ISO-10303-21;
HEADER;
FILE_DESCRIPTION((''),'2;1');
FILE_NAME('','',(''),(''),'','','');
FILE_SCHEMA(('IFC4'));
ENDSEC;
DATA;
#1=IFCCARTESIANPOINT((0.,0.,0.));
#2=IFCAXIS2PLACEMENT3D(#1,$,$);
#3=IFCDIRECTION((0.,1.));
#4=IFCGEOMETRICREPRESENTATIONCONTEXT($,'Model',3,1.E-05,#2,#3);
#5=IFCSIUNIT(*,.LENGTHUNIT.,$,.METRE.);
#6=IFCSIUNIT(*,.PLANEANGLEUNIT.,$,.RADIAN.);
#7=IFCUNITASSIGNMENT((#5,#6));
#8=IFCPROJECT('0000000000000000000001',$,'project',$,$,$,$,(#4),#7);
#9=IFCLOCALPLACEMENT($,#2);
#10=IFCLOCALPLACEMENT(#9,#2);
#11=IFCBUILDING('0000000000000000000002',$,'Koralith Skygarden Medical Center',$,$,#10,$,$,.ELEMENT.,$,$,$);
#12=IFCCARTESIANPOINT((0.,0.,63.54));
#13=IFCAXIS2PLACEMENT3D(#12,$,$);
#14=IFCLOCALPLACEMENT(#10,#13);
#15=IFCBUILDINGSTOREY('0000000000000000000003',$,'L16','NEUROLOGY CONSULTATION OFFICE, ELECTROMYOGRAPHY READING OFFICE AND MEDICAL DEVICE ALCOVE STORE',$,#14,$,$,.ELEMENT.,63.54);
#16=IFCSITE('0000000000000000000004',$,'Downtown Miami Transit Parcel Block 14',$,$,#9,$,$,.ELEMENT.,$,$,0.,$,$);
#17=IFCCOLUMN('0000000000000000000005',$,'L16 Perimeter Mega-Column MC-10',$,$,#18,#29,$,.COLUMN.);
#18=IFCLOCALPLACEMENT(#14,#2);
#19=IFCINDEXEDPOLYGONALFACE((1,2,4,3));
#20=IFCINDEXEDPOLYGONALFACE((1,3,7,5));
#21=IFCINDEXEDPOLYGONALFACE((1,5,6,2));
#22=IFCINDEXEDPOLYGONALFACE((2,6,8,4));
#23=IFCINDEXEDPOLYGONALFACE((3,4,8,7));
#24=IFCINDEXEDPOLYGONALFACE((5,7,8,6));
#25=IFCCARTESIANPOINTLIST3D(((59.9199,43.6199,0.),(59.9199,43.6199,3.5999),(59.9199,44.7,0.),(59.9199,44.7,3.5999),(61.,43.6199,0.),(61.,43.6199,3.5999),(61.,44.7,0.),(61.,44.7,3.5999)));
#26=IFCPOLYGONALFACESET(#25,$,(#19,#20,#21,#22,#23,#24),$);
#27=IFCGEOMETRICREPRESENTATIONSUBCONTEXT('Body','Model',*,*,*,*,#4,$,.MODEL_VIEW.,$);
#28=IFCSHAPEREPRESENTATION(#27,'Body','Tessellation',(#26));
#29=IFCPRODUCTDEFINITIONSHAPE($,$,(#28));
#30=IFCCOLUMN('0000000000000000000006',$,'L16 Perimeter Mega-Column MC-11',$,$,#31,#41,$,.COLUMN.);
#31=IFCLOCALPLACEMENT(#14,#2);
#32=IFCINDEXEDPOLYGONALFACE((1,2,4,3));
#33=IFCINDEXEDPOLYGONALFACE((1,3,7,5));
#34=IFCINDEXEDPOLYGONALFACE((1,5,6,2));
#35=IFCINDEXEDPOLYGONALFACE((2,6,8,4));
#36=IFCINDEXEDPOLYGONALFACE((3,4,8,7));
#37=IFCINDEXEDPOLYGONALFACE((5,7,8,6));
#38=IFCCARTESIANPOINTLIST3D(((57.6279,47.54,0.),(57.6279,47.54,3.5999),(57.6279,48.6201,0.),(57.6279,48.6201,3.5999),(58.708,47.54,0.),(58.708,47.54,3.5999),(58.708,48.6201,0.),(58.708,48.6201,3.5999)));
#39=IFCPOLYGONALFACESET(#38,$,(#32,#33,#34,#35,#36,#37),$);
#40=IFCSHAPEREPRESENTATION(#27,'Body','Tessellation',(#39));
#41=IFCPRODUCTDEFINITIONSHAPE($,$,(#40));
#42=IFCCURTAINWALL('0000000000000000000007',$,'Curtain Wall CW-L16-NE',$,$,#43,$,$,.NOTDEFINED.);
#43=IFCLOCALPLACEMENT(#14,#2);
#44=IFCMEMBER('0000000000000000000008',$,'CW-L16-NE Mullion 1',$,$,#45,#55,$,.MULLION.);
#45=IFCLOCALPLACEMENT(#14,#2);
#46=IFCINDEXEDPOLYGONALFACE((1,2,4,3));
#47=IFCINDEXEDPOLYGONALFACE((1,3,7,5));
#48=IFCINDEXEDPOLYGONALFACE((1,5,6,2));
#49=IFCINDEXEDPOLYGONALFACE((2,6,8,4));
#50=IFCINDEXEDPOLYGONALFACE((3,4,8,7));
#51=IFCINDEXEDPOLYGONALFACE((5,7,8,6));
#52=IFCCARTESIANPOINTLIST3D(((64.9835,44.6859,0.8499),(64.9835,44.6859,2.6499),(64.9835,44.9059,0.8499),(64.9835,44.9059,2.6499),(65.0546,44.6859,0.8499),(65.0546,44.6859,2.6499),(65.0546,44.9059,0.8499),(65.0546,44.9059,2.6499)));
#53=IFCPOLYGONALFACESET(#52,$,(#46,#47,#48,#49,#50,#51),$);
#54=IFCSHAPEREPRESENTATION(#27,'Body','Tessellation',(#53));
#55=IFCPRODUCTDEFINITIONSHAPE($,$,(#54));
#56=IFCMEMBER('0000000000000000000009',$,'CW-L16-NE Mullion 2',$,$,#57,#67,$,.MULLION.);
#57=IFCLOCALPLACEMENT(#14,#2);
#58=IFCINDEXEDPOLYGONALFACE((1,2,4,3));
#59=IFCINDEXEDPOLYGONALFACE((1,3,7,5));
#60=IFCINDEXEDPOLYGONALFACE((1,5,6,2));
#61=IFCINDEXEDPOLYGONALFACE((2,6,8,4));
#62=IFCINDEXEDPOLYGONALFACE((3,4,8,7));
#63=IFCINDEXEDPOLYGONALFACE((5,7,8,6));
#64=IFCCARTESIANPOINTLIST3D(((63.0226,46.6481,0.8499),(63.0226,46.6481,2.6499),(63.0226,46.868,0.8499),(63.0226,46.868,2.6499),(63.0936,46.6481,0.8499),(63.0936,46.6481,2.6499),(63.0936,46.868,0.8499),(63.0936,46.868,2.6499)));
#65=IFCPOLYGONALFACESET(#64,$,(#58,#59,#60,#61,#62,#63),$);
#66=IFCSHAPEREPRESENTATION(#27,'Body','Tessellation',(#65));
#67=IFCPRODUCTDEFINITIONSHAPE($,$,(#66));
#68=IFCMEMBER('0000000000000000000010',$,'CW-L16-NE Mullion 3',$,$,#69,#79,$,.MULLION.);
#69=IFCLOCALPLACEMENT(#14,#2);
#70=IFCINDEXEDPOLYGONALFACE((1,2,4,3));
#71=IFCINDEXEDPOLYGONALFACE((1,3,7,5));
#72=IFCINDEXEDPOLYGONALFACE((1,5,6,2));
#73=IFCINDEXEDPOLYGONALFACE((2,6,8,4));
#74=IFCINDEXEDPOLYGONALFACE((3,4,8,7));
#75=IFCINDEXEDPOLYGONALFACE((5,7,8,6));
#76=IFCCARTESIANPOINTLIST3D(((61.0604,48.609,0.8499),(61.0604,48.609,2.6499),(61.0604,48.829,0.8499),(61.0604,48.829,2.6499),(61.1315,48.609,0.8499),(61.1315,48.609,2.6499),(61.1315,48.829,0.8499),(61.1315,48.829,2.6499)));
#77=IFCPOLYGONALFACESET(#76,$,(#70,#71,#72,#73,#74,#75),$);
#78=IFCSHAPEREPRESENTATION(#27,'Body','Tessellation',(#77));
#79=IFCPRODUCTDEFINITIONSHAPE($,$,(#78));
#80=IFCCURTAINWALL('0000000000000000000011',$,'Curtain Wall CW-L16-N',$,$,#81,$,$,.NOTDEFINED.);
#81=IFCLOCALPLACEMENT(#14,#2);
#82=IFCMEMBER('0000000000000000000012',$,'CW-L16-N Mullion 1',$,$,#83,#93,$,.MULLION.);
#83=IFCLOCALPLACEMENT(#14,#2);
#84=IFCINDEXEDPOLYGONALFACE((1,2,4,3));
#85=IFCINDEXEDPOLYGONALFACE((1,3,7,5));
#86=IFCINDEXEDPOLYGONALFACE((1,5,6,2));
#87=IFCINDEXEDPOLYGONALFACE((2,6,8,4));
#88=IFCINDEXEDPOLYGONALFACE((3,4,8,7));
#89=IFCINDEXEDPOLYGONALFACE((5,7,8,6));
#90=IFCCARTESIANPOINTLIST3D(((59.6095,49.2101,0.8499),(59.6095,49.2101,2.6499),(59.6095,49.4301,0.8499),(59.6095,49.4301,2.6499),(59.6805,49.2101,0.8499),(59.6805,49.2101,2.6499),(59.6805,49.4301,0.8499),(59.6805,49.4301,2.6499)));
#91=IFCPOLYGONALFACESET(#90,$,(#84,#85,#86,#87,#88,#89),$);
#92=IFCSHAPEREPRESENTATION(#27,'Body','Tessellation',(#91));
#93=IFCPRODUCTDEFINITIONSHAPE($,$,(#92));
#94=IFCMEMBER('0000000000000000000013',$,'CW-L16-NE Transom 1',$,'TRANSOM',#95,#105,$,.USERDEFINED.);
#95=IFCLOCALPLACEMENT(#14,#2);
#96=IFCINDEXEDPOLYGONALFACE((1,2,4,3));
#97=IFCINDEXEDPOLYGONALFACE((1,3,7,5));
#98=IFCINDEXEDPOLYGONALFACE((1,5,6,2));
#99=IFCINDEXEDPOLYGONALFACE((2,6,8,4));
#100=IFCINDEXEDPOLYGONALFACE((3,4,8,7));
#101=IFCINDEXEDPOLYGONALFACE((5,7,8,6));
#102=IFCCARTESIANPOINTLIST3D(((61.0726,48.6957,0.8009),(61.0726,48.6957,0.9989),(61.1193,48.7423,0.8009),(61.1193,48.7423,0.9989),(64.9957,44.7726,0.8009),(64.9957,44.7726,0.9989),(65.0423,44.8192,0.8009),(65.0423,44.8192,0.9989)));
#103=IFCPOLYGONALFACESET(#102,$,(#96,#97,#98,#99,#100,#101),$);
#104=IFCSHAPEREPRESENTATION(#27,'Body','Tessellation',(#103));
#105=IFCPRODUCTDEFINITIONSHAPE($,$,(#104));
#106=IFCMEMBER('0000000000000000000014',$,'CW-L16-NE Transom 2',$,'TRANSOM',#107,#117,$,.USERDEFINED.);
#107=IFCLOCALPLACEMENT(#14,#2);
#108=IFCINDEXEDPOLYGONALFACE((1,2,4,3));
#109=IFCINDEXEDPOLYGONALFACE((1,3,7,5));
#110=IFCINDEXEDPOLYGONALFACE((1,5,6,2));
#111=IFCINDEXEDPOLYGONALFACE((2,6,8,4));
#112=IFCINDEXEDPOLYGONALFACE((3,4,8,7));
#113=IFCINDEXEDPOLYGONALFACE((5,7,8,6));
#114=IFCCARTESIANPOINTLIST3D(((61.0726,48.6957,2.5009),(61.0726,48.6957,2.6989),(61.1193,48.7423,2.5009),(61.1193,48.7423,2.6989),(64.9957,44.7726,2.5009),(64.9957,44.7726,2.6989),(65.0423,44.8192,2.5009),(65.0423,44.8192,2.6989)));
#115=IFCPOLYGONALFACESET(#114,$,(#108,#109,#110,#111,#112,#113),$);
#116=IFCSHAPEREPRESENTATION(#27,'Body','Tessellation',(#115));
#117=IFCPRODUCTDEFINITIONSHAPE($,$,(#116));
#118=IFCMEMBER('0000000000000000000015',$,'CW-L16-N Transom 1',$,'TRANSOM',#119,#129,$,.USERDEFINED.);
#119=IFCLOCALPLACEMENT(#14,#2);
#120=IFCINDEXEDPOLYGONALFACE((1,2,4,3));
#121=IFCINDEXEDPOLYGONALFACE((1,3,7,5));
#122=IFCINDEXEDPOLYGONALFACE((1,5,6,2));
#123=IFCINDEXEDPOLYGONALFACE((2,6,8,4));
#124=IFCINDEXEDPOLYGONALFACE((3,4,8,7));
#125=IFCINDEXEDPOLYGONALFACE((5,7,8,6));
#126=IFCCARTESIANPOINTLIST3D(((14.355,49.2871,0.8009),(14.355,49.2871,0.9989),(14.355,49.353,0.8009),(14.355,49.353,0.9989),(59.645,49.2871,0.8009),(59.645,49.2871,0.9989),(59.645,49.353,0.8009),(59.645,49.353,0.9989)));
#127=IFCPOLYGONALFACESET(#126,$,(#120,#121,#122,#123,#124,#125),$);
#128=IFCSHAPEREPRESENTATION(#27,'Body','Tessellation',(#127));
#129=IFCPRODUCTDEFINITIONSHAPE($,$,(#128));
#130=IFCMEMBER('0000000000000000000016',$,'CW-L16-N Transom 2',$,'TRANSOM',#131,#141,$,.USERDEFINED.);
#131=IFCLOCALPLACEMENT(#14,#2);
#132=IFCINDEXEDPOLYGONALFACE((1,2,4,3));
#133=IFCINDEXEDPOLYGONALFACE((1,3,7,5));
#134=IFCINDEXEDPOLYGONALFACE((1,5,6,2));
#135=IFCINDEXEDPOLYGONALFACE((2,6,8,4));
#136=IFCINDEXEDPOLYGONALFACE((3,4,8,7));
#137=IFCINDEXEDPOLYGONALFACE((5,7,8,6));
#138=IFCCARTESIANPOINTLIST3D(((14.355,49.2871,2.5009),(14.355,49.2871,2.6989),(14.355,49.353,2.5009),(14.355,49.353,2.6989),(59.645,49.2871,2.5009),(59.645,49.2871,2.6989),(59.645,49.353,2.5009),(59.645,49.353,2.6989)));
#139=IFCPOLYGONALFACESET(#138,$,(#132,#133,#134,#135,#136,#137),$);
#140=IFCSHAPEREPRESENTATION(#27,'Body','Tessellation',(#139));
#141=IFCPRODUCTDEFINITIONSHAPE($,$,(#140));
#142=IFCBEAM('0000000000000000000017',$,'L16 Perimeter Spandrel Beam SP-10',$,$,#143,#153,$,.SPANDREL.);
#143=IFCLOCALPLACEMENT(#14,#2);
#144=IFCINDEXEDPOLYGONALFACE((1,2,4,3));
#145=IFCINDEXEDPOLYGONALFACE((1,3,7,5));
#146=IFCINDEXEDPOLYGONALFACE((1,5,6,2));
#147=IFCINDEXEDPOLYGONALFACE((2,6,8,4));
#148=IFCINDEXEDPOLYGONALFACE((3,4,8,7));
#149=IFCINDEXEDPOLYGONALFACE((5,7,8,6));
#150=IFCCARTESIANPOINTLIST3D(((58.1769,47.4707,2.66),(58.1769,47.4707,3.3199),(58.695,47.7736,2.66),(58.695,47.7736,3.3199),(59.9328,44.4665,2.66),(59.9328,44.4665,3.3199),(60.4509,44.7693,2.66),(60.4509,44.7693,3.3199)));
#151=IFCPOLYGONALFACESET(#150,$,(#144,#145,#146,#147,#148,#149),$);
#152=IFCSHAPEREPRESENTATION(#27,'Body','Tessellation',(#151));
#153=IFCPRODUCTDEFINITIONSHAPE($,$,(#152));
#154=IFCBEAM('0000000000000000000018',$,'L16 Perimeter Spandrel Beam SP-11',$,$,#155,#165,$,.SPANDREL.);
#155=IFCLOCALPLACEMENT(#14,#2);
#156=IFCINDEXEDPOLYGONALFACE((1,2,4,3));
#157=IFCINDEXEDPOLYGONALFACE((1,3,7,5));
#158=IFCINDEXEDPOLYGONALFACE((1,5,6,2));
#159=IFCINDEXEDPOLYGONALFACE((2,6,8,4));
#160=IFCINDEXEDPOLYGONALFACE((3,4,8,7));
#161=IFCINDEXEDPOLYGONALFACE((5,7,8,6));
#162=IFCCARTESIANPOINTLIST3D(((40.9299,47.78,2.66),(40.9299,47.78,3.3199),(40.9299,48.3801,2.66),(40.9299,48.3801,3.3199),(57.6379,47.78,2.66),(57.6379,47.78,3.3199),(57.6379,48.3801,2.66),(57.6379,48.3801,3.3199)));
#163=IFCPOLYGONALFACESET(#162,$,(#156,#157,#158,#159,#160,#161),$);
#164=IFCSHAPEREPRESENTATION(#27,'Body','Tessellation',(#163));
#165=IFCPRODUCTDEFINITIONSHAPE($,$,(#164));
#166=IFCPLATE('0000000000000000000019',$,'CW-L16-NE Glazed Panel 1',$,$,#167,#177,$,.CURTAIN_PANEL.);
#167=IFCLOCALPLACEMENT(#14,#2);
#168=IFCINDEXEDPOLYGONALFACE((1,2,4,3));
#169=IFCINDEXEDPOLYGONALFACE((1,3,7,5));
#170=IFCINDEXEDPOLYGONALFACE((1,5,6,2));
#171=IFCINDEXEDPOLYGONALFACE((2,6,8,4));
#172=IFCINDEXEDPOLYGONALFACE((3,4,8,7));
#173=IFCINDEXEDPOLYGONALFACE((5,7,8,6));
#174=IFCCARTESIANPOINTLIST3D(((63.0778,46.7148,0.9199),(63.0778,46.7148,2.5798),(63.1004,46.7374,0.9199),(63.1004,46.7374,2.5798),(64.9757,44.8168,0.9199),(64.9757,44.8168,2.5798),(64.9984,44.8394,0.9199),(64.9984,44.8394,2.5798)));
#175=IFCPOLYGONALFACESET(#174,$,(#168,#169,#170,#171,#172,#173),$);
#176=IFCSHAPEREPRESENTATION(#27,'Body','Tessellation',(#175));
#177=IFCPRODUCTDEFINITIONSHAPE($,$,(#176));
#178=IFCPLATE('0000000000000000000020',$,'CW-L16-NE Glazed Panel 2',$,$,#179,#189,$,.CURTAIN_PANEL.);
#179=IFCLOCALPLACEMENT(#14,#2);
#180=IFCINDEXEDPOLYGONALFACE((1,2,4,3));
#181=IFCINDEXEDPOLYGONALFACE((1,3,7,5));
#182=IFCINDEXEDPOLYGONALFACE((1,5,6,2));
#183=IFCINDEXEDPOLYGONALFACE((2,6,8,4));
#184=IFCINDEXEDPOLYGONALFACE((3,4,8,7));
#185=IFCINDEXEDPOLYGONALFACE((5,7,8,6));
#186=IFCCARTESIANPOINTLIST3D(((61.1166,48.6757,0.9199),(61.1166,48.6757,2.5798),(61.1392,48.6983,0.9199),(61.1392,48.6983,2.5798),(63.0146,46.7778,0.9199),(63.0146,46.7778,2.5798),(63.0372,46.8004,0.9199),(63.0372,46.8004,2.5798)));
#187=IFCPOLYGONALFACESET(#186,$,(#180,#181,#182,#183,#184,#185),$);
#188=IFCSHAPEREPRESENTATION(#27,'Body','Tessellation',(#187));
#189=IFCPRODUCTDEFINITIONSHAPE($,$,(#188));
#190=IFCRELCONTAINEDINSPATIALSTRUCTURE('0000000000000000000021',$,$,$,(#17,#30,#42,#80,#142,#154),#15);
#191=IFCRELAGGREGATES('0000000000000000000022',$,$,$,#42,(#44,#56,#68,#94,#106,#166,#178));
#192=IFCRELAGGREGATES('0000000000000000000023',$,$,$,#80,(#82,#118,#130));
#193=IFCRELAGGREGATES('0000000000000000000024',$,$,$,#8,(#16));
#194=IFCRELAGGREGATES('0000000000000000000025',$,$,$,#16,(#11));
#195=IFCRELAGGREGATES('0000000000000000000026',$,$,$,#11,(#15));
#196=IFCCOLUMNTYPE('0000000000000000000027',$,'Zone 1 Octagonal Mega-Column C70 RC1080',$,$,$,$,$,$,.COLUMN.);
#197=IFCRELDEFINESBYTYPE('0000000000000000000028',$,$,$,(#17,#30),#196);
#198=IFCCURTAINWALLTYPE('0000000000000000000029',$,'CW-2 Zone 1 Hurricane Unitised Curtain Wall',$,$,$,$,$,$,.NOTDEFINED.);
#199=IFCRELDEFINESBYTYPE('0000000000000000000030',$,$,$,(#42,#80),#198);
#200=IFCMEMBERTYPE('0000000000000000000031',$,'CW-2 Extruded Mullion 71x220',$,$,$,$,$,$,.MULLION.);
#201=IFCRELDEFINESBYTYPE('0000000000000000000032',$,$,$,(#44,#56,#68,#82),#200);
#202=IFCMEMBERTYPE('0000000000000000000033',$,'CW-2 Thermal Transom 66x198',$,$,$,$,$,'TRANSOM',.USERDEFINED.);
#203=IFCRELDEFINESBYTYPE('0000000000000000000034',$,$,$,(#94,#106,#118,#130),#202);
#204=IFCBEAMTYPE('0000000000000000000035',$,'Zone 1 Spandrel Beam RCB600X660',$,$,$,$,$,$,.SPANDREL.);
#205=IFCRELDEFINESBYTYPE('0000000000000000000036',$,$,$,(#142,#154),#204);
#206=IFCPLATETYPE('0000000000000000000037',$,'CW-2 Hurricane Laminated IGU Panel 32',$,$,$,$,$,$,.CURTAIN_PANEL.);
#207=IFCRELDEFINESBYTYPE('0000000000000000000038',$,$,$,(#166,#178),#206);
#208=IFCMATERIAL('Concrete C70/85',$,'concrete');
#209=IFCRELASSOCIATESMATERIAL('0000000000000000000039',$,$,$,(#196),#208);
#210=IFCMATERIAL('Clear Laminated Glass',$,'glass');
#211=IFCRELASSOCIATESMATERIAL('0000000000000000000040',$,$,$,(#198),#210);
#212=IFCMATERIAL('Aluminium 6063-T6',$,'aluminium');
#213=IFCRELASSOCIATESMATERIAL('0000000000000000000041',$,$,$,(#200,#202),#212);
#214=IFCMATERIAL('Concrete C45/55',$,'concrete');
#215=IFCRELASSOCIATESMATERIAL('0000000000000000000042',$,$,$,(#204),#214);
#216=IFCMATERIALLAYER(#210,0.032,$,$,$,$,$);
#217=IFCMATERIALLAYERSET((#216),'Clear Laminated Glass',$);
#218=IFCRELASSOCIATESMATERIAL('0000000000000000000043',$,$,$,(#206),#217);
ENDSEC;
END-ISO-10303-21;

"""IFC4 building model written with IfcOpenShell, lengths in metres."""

from ifc_helpers import new_model, si_unit, direction, frame, origin, origin_2d, place, context, subcontext, project, spatial, rectangle, extrude, material, layer, layer_set, material_profile, profile_set, type_object, element, aggregate, save


model = new_model("IFC4")

# Units and contexts
model_context = context("Model", 3, precision=1e-05, world=origin(), true_north=direction((0.0, 1.0)))
body_context = subcontext(model_context, "Body", "Model", "MODEL_VIEW")
ifc_project = project(units=[si_unit("LENGTHUNIT", "METRE"), si_unit("PLANEANGLEUNIT", "RADIAN")], contexts=[model_context])

# Site, building, storey
site_placement = place(None, origin())
site = spatial("IfcSite", under=ifc_project, at=site_placement, Name="Downtown Miami Transit Parcel Block 14", CompositionType="ELEMENT", RefElevation=0.0)
building_placement = place(site_placement, origin())
building = spatial("IfcBuilding", under=site, at=building_placement, Name="Koralith Skygarden Medical Center", CompositionType="ELEMENT")
storey_placement = place(building_placement, frame((0.0, 0.0, 63.54)))
storey = spatial("IfcBuildingStorey", under=building, at=storey_placement, Name="L16", Description="NEUROLOGY CONSULTATION OFFICE, ELECTROMYOGRAPHY READING OFFICE AND MEDICAL DEVICE ALCOVE STORE", CompositionType="ELEMENT", Elevation=63.54)

# Columns
ifc_material_1 = material(Name="Concrete C70/85", Category="concrete")
ifc_material_profile_1 = material_profile(ifc_material_1, rectangle(XDim=1.0801, YDim=1.0801, at=origin_2d()), Name="RC1080X1080")
ifc_profile_set_1 = profile_set([ifc_material_profile_1], Name="Concrete C70/85")
column_type = type_object("IfcColumnType", Name="Zone 1 Octagonal Mega-Column C70 RC1080", PredefinedType="COLUMN", material=ifc_profile_set_1)
for number, where, z_axis, x_axis, name in (
    (1, (60.46, 44.1599, 0.0), (0.0, 0.0, 1.0), (1.0, 0.0, 0.0), "L16 Perimeter Mega-Column MC-10"),
    (2, (58.168, 48.0801, 0.0), (0.0, 0.0, 1.0), (1.0, 0.0, 0.0), "L16 Perimeter Mega-Column MC-11"),
):
    element("IfcColumn", number, at=place(storey_placement, frame(where, z_axis=z_axis, x_axis=x_axis)), inside=storey, type_object=column_type, Name=name, PredefinedType="COLUMN", context=body_context, shape_type="SweptSolid", body=[
        extrude(rectangle(XDim=1.0801, YDim=1.0801, at=origin_2d()), origin(), (0.0, 0.0, 1.0), 3.5999),
    ])

# Curtain wall, members
ifc_material_2 = material(Name="Clear Laminated Glass", Category="glass")
curtain_wall_type = type_object("IfcCurtainWallType", Name="CW-2 Zone 1 Hurricane Unitised Curtain Wall", PredefinedType="NOTDEFINED", material=ifc_material_2)
curtain_wall_1_placement = place(storey_placement, origin())
curtain_wall_1 = element("IfcCurtainWall", 3, at=curtain_wall_1_placement, inside=storey, type_object=curtain_wall_type, Name="Curtain Wall CW-L16-NE", PredefinedType="NOTDEFINED")
ifc_material_3 = material(Name="Aluminium 6063-T6", Category="aluminium")
ifc_material_profile_2 = material_profile(ifc_material_3, rectangle(XDim=0.071, YDim=0.22, at=origin_2d()), Name="MUL71X220")
ifc_profile_set_2 = profile_set([ifc_material_profile_2], Name="Aluminium 6063-T6")
member_type_1 = type_object("IfcMemberType", Name="CW-2 Extruded Mullion 71x220", PredefinedType="MULLION", material=ifc_profile_set_2)
member_1_placement = place(storey_placement, frame((65.019, 44.7959, 0.8499), z_axis=(0.0, 0.0, 1.0), x_axis=(1.0, 0.0, 0.0)))
member_1 = element("IfcMember", 4, at=member_1_placement, type_object=member_type_1, Name="CW-L16-NE Mullion 1", PredefinedType="MULLION", context=body_context, shape_type="SweptSolid", body=[
    extrude(rectangle(XDim=0.071, YDim=0.22, at=origin_2d()), origin(), (0.0, 0.0, 1.0), 1.8),
])
member_2_placement = place(storey_placement, frame((63.0581, 46.7581, 0.8499), z_axis=(0.0, 0.0, 1.0), x_axis=(1.0, 0.0, 0.0)))
member_2 = element("IfcMember", 5, at=member_2_placement, type_object=member_type_1, Name="CW-L16-NE Mullion 2", PredefinedType="MULLION", context=body_context, shape_type="SweptSolid", body=[
    extrude(rectangle(XDim=0.071, YDim=0.22, at=origin_2d()), origin(), (0.0, 0.0, 1.0), 1.8),
])
member_3_placement = place(storey_placement, frame((61.0959, 48.719, 0.8499), z_axis=(0.0, 0.0, 1.0), x_axis=(1.0, 0.0, 0.0)))
member_3 = element("IfcMember", 6, at=member_3_placement, type_object=member_type_1, Name="CW-L16-NE Mullion 3", PredefinedType="MULLION", context=body_context, shape_type="SweptSolid", body=[
    extrude(rectangle(XDim=0.071, YDim=0.22, at=origin_2d()), origin(), (0.0, 0.0, 1.0), 1.8),
])

# Curtain wall, member
curtain_wall_2_placement = place(storey_placement, origin())
curtain_wall_2 = element("IfcCurtainWall", 7, at=curtain_wall_2_placement, inside=storey, type_object=curtain_wall_type, Name="Curtain Wall CW-L16-N", PredefinedType="NOTDEFINED")
member_4_placement = place(storey_placement, frame((59.645, 49.3201, 0.8499), z_axis=(0.0, 0.0, 1.0), x_axis=(1.0, 0.0, 0.0)))
member_4 = element("IfcMember", 8, at=member_4_placement, type_object=member_type_1, Name="CW-L16-N Mullion 1", PredefinedType="MULLION", context=body_context, shape_type="SweptSolid", body=[
    extrude(rectangle(XDim=0.071, YDim=0.22, at=origin_2d()), origin(), (0.0, 0.0, 1.0), 1.8),
])

# Members
ifc_material_profile_3 = material_profile(ifc_material_3, rectangle(XDim=0.0659, YDim=0.198, at=origin_2d()), Name="TRN66X198")
ifc_profile_set_3 = profile_set([ifc_material_profile_3], Name="Aluminium 6063-T6")
member_type_2 = type_object("IfcMemberType", Name="CW-2 Thermal Transom 66x198", ElementType="TRANSOM", PredefinedType="USERDEFINED", material=ifc_profile_set_3)
member_5_placement = place(storey_placement, frame((65.019, 44.7959, 0.8999), z_axis=(-0.707107, 0.707107, 0.0), x_axis=(-0.707107, -0.707107, 0.0)))
member_5 = element("IfcMember", 9, at=member_5_placement, type_object=member_type_2, Name="CW-L16-NE Transom 1", ObjectType="TRANSOM", PredefinedType="USERDEFINED", context=body_context, shape_type="SweptSolid", body=[
    extrude(rectangle(XDim=0.0659, YDim=0.198, at=origin_2d()), origin(), (0.0, 0.0, 1.0), 5.5481),
])
member_6_placement = place(storey_placement, frame((65.019, 44.7959, 2.5999), z_axis=(-0.707107, 0.707107, 0.0), x_axis=(-0.707107, -0.707107, 0.0)))
member_6 = element("IfcMember", 10, at=member_6_placement, type_object=member_type_2, Name="CW-L16-NE Transom 2", ObjectType="TRANSOM", PredefinedType="USERDEFINED", context=body_context, shape_type="SweptSolid", body=[
    extrude(rectangle(XDim=0.0659, YDim=0.198, at=origin_2d()), origin(), (0.0, 0.0, 1.0), 5.5481),
])
member_7_placement = place(storey_placement, frame((59.645, 49.3201, 0.8999), z_axis=(-1.0, 0.0, 0.0), x_axis=(0.0, -1.0, 0.0)))
member_7 = element("IfcMember", 11, at=member_7_placement, type_object=member_type_2, Name="CW-L16-N Transom 1", ObjectType="TRANSOM", PredefinedType="USERDEFINED", context=body_context, shape_type="SweptSolid", body=[
    extrude(rectangle(XDim=0.0659, YDim=0.198, at=origin_2d()), origin(), (0.0, 0.0, 1.0), 45.29),
])
member_8_placement = place(storey_placement, frame((59.645, 49.3201, 2.5999), z_axis=(-1.0, 0.0, 0.0), x_axis=(0.0, -1.0, 0.0)))
member_8 = element("IfcMember", 12, at=member_8_placement, type_object=member_type_2, Name="CW-L16-N Transom 2", ObjectType="TRANSOM", PredefinedType="USERDEFINED", context=body_context, shape_type="SweptSolid", body=[
    extrude(rectangle(XDim=0.0659, YDim=0.198, at=origin_2d()), origin(), (0.0, 0.0, 1.0), 45.29),
])

# Beams
ifc_material_4 = material(Name="Concrete C45/55", Category="concrete")
ifc_material_profile_4 = material_profile(ifc_material_4, rectangle(XDim=0.6001, YDim=0.6599, at=origin_2d()), Name="RCB600X660")
ifc_profile_set_4 = profile_set([ifc_material_profile_4], Name="Concrete C45/55")
beam_type = type_object("IfcBeamType", Name="Zone 1 Spandrel Beam RCB600X660", PredefinedType="SPANDREL", material=ifc_profile_set_4)
beam_1_placement = place(storey_placement, frame((60.1919, 44.6179, 2.99), z_axis=(-0.504608, 0.863349, 0.0), x_axis=(-0.863349, -0.504608, 0.0)))
element("IfcBeam", 13, at=beam_1_placement, inside=storey, type_object=beam_type, Name="L16 Perimeter Spandrel Beam SP-10", PredefinedType="SPANDREL", context=body_context, shape_type="SweptSolid", body=[
    extrude(rectangle(XDim=0.6001, YDim=0.6599, at=origin_2d()), origin(), (0.0, 0.0, 1.0), 3.4797),
])
beam_2_placement = place(storey_placement, frame((57.6379, 48.0801, 2.99), z_axis=(-1.0, 0.0, 0.0), x_axis=(0.0, -1.0, 0.0)))
element("IfcBeam", 14, at=beam_2_placement, inside=storey, type_object=beam_type, Name="L16 Perimeter Spandrel Beam SP-11", PredefinedType="SPANDREL", context=body_context, shape_type="SweptSolid", body=[
    extrude(rectangle(XDim=0.6001, YDim=0.6599, at=origin_2d()), origin(), (0.0, 0.0, 1.0), 16.708),
])

# Plates
ifc_layer_1 = layer(ifc_material_2, 0.032)
ifc_layer_set_1 = layer_set([ifc_layer_1], Name="Clear Laminated Glass")
plate_type_1 = type_object("IfcPlateType", Name="CW-2 Hurricane Laminated IGU Panel 32", PredefinedType="CURTAIN_PANEL", material=ifc_layer_set_1)
plate_1_placement = place(storey_placement, frame((64.0381, 45.7771, 0.9199), z_axis=(0.0, 0.0, 1.0), x_axis=(-0.707107, 0.707107, 0.0)))
plate_1 = element("IfcPlate", 15, at=plate_1_placement, type_object=plate_type_1, Name="CW-L16-NE Glazed Panel 1", PredefinedType="CURTAIN_PANEL", context=body_context, shape_type="SweptSolid", body=[
    extrude(rectangle(XDim=2.6841, YDim=0.032, at=origin_2d()), origin(), (0.0, 0.0, 1.0), 1.6599),
])
plate_2_placement = place(storey_placement, frame((62.0769, 47.738, 0.9199), z_axis=(0.0, 0.0, 1.0), x_axis=(-0.707107, 0.707107, 0.0)))
plate_2 = element("IfcPlate", 16, at=plate_2_placement, type_object=plate_type_1, Name="CW-L16-NE Glazed Panel 2", PredefinedType="CURTAIN_PANEL", context=body_context, shape_type="SweptSolid", body=[
    extrude(rectangle(XDim=2.6841, YDim=0.032, at=origin_2d()), origin(), (0.0, 0.0, 1.0), 1.6599),
])
aggregate(curtain_wall_1, [member_1, member_2, member_3, member_5, member_6, plate_1, plate_2])
aggregate(curtain_wall_2, [member_4, member_7, member_8])

save(model, "model.ifc")
